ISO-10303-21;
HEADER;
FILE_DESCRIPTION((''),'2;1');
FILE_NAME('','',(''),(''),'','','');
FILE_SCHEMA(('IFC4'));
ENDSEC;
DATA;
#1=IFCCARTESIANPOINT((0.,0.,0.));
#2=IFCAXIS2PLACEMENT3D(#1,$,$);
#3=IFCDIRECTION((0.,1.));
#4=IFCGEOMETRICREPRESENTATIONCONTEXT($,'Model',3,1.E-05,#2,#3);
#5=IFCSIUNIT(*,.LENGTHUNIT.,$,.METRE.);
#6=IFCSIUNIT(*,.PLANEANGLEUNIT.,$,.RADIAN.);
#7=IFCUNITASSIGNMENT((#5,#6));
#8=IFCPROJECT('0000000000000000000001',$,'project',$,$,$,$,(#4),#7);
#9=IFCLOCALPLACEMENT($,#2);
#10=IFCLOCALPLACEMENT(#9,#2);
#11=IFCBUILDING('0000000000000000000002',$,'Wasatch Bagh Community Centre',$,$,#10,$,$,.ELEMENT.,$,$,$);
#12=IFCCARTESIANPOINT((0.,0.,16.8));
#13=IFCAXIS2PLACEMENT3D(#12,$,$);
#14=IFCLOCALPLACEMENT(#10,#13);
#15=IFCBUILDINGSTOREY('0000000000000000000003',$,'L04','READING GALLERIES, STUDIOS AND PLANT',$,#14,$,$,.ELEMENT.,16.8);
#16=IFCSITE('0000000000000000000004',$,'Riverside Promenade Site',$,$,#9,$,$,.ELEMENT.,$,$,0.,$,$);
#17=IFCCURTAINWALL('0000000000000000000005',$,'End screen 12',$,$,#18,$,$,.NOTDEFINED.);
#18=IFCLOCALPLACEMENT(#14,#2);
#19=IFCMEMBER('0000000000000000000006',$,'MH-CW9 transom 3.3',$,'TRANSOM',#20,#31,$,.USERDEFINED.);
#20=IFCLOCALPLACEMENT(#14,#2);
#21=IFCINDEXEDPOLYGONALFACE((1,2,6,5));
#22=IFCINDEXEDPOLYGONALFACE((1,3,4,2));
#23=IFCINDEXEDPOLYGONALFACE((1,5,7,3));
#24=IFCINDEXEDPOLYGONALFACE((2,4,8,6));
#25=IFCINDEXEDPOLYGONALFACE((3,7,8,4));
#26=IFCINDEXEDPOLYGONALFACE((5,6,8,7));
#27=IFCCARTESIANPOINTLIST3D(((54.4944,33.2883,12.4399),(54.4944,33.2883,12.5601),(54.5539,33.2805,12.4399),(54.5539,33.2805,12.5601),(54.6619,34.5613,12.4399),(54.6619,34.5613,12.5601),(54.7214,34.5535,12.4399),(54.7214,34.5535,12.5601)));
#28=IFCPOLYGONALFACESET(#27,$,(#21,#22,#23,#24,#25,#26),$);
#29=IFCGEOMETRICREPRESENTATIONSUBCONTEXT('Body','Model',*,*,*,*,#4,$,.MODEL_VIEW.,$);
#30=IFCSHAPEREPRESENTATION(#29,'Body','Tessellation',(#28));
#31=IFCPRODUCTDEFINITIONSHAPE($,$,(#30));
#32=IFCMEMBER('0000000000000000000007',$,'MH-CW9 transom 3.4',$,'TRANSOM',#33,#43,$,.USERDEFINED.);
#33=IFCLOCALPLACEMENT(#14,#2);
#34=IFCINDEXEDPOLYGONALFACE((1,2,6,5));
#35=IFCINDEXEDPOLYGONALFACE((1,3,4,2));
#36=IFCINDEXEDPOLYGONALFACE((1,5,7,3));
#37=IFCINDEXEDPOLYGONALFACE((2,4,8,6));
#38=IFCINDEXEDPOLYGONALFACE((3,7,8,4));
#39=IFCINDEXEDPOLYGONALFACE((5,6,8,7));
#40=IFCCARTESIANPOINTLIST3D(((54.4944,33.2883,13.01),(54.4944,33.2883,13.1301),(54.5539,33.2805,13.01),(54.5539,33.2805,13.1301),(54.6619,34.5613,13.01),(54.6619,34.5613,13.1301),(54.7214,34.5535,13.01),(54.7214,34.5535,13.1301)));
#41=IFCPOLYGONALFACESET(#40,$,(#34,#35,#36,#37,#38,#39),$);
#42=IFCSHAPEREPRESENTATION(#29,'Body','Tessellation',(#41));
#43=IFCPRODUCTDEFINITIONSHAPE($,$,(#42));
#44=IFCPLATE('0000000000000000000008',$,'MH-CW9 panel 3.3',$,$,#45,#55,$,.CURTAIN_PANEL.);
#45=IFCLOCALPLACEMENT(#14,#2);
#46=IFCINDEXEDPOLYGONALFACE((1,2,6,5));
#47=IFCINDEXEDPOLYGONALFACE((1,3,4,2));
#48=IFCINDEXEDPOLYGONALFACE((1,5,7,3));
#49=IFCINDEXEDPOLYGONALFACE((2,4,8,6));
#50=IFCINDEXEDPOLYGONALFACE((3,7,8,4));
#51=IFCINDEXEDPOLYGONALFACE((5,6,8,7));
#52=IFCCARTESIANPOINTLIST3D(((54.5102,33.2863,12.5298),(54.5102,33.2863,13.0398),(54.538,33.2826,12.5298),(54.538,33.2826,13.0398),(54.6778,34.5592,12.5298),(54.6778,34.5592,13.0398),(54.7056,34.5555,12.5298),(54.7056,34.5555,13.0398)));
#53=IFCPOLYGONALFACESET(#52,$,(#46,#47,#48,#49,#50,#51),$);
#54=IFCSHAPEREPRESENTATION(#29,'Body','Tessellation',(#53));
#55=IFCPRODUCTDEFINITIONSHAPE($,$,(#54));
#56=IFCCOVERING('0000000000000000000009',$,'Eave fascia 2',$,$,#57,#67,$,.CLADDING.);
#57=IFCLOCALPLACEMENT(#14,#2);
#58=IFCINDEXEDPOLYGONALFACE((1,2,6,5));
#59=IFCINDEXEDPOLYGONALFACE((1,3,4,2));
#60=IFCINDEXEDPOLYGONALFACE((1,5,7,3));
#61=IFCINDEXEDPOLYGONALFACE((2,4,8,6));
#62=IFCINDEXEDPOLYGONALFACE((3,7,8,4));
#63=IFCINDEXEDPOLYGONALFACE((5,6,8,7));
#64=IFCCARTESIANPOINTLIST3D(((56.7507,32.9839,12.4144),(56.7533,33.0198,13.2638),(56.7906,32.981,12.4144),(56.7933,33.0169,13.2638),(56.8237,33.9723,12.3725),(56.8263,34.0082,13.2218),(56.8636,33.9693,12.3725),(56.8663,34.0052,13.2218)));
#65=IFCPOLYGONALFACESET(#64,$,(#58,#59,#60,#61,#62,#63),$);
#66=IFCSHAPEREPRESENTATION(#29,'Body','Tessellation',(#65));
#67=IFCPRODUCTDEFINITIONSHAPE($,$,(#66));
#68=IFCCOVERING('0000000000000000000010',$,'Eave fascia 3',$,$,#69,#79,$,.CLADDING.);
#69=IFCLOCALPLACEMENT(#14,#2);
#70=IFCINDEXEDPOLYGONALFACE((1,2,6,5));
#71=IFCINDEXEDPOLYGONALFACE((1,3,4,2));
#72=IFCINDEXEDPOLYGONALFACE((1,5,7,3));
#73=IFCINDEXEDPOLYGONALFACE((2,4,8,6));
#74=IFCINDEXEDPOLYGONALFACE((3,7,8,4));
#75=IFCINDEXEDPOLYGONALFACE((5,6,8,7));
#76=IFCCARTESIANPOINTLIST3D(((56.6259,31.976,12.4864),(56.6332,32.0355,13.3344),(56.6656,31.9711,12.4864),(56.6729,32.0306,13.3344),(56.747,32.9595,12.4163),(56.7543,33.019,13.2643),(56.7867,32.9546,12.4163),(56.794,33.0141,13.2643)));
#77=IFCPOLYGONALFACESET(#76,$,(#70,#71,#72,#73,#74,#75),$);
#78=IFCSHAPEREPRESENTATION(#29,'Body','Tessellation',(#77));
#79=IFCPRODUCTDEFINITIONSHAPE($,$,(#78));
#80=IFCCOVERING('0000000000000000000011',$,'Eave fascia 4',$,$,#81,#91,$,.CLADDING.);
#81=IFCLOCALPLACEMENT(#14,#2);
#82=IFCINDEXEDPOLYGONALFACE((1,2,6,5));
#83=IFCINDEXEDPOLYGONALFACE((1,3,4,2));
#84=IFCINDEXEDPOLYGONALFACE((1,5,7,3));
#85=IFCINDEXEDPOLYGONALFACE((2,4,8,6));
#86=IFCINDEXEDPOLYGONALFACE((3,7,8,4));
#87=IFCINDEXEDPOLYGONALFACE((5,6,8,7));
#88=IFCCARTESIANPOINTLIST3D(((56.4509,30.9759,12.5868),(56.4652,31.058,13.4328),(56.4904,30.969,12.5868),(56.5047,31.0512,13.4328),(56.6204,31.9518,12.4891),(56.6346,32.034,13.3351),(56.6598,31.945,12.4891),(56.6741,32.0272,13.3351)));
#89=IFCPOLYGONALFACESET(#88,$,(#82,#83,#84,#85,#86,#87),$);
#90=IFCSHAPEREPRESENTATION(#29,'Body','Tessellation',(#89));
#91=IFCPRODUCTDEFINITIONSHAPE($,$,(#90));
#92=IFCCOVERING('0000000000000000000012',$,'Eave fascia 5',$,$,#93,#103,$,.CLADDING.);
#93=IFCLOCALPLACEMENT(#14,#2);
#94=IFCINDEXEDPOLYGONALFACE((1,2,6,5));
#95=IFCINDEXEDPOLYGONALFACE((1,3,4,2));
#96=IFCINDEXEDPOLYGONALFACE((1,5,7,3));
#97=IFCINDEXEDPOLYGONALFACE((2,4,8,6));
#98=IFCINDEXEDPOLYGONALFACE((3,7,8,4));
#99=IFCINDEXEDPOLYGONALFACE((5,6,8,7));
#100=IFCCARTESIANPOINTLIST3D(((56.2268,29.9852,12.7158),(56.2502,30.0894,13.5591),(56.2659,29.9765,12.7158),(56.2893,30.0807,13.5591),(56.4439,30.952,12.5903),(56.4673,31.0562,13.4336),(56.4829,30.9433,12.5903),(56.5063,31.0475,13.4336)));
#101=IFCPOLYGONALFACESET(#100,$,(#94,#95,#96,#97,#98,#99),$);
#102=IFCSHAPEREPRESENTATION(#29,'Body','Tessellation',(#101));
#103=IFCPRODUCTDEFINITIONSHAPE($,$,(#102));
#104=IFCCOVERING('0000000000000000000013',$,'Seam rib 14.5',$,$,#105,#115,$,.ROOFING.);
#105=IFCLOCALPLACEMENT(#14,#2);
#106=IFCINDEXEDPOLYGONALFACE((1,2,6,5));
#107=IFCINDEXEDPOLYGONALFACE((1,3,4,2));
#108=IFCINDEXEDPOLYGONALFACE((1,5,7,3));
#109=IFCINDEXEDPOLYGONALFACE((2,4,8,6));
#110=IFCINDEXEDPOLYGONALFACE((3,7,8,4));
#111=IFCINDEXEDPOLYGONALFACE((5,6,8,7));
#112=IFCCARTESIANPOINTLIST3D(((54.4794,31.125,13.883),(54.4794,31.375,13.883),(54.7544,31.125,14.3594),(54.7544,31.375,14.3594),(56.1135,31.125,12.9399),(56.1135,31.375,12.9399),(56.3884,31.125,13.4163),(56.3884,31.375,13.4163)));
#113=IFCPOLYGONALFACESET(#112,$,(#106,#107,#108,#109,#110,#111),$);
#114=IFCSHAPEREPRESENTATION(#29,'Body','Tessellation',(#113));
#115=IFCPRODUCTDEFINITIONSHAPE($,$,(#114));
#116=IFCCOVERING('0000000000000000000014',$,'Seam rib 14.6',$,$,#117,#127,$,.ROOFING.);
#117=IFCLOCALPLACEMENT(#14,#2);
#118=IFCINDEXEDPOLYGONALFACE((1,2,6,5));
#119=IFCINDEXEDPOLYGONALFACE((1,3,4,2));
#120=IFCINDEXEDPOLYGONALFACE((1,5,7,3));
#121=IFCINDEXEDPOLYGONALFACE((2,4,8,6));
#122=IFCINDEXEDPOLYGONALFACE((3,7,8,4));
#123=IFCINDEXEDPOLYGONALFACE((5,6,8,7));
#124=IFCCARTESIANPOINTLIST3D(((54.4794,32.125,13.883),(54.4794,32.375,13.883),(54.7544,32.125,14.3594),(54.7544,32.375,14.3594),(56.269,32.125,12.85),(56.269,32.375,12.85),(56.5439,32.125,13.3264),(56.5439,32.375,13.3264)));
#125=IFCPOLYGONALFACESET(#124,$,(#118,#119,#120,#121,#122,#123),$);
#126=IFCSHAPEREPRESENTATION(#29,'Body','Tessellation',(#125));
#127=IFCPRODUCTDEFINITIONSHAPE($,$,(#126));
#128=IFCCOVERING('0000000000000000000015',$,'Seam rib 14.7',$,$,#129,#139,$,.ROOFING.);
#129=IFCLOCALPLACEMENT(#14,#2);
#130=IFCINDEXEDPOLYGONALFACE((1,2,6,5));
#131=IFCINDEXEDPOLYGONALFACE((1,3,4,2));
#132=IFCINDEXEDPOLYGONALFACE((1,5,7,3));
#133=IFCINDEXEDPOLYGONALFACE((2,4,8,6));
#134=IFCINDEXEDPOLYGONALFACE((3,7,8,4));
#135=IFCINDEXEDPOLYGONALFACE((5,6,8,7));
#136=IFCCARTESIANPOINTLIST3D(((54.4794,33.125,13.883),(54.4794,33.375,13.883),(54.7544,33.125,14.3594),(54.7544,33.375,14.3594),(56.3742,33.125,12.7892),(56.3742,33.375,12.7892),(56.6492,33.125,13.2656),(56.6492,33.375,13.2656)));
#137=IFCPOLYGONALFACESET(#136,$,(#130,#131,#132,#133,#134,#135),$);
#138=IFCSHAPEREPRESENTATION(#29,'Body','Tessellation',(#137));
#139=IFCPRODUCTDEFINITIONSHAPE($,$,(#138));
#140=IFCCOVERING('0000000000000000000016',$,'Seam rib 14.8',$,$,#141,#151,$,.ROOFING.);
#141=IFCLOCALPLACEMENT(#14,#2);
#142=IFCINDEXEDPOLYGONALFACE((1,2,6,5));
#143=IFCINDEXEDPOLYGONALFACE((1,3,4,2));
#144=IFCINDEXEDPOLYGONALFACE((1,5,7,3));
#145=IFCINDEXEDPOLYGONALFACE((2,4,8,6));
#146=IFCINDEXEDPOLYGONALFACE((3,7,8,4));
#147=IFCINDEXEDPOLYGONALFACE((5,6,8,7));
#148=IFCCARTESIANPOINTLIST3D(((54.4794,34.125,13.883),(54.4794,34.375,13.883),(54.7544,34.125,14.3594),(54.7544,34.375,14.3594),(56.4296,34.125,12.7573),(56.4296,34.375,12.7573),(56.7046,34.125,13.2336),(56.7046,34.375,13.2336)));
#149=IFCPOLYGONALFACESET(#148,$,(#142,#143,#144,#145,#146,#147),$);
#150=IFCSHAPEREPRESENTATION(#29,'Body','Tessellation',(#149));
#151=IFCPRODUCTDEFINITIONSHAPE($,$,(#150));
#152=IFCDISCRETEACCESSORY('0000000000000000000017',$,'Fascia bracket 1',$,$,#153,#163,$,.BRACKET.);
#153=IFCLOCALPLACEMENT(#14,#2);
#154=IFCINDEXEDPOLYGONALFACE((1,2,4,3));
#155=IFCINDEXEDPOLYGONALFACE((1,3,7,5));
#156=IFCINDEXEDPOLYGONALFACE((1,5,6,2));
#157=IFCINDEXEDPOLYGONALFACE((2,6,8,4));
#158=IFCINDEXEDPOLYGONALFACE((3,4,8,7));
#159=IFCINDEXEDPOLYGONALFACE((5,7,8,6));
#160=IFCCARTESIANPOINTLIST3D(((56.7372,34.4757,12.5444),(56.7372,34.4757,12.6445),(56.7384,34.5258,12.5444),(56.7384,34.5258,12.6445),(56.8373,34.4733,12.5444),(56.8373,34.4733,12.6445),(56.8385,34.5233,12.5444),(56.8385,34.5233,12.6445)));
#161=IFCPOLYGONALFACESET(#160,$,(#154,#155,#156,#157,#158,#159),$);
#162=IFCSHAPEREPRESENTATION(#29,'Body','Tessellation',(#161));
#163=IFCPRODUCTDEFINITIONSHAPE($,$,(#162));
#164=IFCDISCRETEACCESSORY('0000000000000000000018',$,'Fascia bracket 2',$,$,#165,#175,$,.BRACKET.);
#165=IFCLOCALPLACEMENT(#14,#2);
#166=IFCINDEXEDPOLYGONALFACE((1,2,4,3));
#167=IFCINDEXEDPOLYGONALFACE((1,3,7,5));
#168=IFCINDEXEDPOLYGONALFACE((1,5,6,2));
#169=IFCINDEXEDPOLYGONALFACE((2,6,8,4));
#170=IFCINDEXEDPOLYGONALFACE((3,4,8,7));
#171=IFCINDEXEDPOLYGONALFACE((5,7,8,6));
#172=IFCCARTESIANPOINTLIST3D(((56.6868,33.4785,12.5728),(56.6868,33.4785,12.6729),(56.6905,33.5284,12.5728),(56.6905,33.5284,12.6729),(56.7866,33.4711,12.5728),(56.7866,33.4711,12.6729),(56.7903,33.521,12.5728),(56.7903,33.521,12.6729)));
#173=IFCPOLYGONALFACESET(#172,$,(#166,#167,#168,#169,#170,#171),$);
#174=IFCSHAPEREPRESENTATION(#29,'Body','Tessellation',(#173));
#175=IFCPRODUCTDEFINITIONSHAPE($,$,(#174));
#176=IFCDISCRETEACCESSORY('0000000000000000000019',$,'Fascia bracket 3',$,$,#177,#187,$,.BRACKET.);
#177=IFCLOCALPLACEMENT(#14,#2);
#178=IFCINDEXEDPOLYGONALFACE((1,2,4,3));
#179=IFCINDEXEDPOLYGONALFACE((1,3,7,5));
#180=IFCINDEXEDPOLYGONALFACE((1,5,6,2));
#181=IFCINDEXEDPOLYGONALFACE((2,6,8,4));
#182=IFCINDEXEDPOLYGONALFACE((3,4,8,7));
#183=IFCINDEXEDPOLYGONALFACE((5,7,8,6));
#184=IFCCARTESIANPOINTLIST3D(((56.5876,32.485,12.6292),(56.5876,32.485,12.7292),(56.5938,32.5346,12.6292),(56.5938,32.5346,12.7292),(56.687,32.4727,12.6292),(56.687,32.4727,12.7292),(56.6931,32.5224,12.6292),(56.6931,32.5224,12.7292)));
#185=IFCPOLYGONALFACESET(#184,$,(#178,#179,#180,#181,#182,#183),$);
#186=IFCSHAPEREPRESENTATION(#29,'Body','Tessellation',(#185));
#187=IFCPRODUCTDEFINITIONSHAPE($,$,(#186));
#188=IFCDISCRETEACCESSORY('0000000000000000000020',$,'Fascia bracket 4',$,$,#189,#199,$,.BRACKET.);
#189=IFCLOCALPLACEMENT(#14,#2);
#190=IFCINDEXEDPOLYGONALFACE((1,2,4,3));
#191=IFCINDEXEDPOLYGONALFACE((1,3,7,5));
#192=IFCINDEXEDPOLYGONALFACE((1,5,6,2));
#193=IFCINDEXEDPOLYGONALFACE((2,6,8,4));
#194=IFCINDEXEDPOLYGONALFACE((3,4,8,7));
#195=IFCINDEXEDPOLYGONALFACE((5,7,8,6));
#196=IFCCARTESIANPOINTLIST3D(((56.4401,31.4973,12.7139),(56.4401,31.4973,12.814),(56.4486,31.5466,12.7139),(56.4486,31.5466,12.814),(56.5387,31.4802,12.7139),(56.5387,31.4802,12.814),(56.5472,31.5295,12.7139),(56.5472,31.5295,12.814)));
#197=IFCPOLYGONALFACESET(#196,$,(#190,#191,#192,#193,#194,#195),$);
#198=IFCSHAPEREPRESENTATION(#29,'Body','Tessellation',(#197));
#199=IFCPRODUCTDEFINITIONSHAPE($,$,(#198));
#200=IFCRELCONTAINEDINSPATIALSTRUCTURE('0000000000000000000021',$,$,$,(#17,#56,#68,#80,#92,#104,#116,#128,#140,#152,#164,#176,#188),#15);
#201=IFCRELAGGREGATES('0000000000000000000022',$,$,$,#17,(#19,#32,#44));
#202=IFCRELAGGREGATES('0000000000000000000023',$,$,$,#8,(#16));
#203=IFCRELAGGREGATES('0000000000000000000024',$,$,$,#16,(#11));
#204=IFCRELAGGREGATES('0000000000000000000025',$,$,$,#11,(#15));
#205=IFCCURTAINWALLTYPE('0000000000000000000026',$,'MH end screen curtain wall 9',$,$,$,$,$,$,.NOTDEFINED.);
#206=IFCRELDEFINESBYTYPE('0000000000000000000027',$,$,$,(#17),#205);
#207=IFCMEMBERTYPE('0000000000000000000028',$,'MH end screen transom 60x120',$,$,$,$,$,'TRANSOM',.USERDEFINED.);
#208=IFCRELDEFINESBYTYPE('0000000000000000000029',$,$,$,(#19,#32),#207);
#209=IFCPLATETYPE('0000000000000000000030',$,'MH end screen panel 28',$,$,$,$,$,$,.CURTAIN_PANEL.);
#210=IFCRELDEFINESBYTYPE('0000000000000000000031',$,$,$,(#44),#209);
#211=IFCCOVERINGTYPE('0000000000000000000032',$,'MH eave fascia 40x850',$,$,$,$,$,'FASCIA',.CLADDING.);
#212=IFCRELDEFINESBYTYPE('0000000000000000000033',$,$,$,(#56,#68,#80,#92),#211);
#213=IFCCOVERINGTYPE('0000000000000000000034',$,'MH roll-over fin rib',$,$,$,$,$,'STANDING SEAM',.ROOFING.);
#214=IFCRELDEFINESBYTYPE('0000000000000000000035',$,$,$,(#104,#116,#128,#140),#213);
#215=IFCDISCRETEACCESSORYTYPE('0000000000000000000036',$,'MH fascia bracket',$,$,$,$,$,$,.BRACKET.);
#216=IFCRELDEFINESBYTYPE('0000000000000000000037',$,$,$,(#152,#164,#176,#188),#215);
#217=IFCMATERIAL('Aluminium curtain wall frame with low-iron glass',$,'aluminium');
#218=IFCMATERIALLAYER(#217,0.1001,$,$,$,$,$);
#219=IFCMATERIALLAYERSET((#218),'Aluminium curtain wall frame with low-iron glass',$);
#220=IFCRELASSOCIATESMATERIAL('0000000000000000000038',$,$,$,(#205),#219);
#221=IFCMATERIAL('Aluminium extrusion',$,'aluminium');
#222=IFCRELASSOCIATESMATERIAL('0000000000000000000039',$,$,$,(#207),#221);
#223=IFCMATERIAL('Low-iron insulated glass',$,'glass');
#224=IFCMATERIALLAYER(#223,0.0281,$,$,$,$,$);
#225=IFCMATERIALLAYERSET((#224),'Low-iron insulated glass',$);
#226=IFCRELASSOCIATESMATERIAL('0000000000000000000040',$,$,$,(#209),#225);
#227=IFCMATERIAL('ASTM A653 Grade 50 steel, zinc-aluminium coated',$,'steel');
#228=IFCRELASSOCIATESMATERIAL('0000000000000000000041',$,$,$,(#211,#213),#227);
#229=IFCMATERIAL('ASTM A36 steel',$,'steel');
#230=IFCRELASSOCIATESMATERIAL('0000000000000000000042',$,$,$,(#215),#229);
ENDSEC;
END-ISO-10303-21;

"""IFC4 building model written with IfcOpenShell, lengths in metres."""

from ifc_helpers import new_model, si_unit, direction, frame, origin, origin_2d, place, context, subcontext, project, spatial, polyline, rectangle, outline, extrude, material, layer, layer_set, material_profile, profile_set, type_object, element, aggregate, save


model = new_model("IFC4")

# Units and contexts
model_context = context("Model", 3, precision=1e-05, world=origin(), true_north=direction((0.0, 1.0)))
body_context = subcontext(model_context, "Body", "Model", "MODEL_VIEW")
ifc_project = project(units=[si_unit("LENGTHUNIT", "METRE"), si_unit("PLANEANGLEUNIT", "RADIAN")], contexts=[model_context])

# Site, building, storey
site_placement = place(None, origin())
site = spatial("IfcSite", under=ifc_project, at=site_placement, Name="Riverside Promenade Site", CompositionType="ELEMENT", RefElevation=0.0)
building_placement = place(site_placement, origin())
building = spatial("IfcBuilding", under=site, at=building_placement, Name="Wasatch Bagh Community Centre", CompositionType="ELEMENT")
storey_placement = place(building_placement, frame((0.0, 0.0, 16.8)))
storey = spatial("IfcBuildingStorey", under=building, at=storey_placement, Name="L04", Description="READING GALLERIES, STUDIOS AND PLANT", CompositionType="ELEMENT", Elevation=16.8)

# Curtain wall, members, plate
ifc_material_1 = material(Name="Aluminium curtain wall frame with low-iron glass", Category="aluminium")
ifc_layer_1 = layer(ifc_material_1, 0.1001)
ifc_layer_set_1 = layer_set([ifc_layer_1], Name="Aluminium curtain wall frame with low-iron glass")
curtain_wall_type = type_object("IfcCurtainWallType", Name="MH end screen curtain wall 9", PredefinedType="NOTDEFINED", material=ifc_layer_set_1)
curtain_wall_placement = place(storey_placement, origin())
curtain_wall = element("IfcCurtainWall", 1, at=curtain_wall_placement, inside=storey, type_object=curtain_wall_type, Name="End screen 12", PredefinedType="NOTDEFINED")
ifc_material_2 = material(Name="Aluminium extrusion", Category="aluminium")
ifc_material_profile_1 = material_profile(ifc_material_2, rectangle(XDim=0.0601, YDim=0.1201, at=origin_2d()), Name="AL 60x120")
ifc_profile_set_1 = profile_set([ifc_material_profile_1], Name="Aluminium extrusion")
member_type = type_object("IfcMemberType", Name="MH end screen transom 60x120", ElementType="TRANSOM", PredefinedType="USERDEFINED", material=ifc_profile_set_1)
member_1_placement = place(storey_placement, frame((54.5242, 33.2844, 12.5), z_axis=(0.130445, 0.991456, 0.0), x_axis=(-0.991456, 0.130445, 0.0)))
member_1 = element("IfcMember", 2, at=member_1_placement, type_object=member_type, Name="MH-CW9 transom 3.3", ObjectType="TRANSOM", PredefinedType="USERDEFINED", context=body_context, shape_type="SweptSolid", body=[
    extrude(rectangle(XDim=0.0601, YDim=0.1201, at=origin_2d()), origin(), (0.0, 0.0, 1.0), 1.2839),
])
member_2_placement = place(storey_placement, frame((54.5242, 33.2844, 13.0701), z_axis=(0.130445, 0.991456, 0.0), x_axis=(-0.991456, 0.130445, 0.0)))
member_2 = element("IfcMember", 3, at=member_2_placement, type_object=member_type, Name="MH-CW9 transom 3.4", ObjectType="TRANSOM", PredefinedType="USERDEFINED", context=body_context, shape_type="SweptSolid", body=[
    extrude(rectangle(XDim=0.0601, YDim=0.1201, at=origin_2d()), origin(), (0.0, 0.0, 1.0), 1.2839),
])
ifc_material_3 = material(Name="Low-iron insulated glass", Category="glass")
ifc_layer_2 = layer(ifc_material_3, 0.0281)
ifc_layer_set_2 = layer_set([ifc_layer_2], Name="Low-iron insulated glass")
plate_type = type_object("IfcPlateType", Name="MH end screen panel 28", PredefinedType="CURTAIN_PANEL", material=ifc_layer_set_2)
plate_placement = place(storey_placement, frame((54.6079, 33.9209, 12.5298), z_axis=(0.0, 0.0, 1.0), x_axis=(0.130526, 0.991445, 0.0)))
plate = element("IfcPlate", 4, at=plate_placement, type_object=plate_type, Name="MH-CW9 panel 3.3", PredefinedType="CURTAIN_PANEL", context=body_context, shape_type="SweptSolid", body=[
    extrude(rectangle(XDim=1.2839, YDim=0.0281, at=origin_2d()), origin(), (0.0, 0.0, 1.0), 0.51),
])
aggregate(curtain_wall, [member_1, member_2, plate])

# Coverings
ifc_material_4 = material(Name="ASTM A653 Grade 50 steel, zinc-aluminium coated", Category="steel")
ifc_material_profile_2 = material_profile(ifc_material_4, rectangle(XDim=0.04, YDim=0.8501, at=origin_2d()), Name="FASCIA 40x850")
ifc_profile_set_2 = profile_set([ifc_material_profile_2], Name="ASTM A653 Grade 50 steel, zinc-aluminium coated")
covering_type_1 = type_object("IfcCoveringType", Name="MH eave fascia 40x850", ElementType="FASCIA", PredefinedType="CLADDING", material=ifc_profile_set_2)
covering_1_placement = place(storey_placement, frame((56.845, 33.9888, 12.7971), z_axis=(-0.073597, -0.996389, 0.042337), x_axis=(0.997283, -0.073663, 0.0)))
element("IfcCovering", 5, at=covering_1_placement, inside=storey, type_object=covering_type_1, Name="Eave fascia 2", PredefinedType="CLADDING", context=body_context, shape_type="SweptSolid", body=[
    extrude(rectangle(XDim=0.04, YDim=0.8501, at=origin_2d()), origin(), (0.0, 0.0, 1.0), 0.9919),
])
covering_2_placement = place(storey_placement, frame((56.7705, 32.9868, 12.8403), z_axis=(-0.12191, -0.990031, 0.070541), x_axis=(0.992504, -0.122215, 0.0)))
element("IfcCovering", 6, at=covering_2_placement, inside=storey, type_object=covering_type_1, Name="Eave fascia 3", PredefinedType="CLADDING", context=body_context, shape_type="SweptSolid", body=[
    extrude(rectangle(XDim=0.04, YDim=0.8501, at=origin_2d()), origin(), (0.0, 0.0, 1.0), 0.9934),
])
covering_3_placement = place(storey_placement, frame((56.6472, 31.9895, 12.9121), z_axis=(-0.170204, -0.980514, 0.0981), x_axis=(0.985266, -0.171029, 0.0)))
element("IfcCovering", 7, at=covering_3_placement, inside=storey, type_object=covering_type_1, Name="Eave fascia 4", PredefinedType="CLADDING", context=body_context, shape_type="SweptSolid", body=[
    extrude(rectangle(XDim=0.04, YDim=0.8501, at=origin_2d()), origin(), (0.0, 0.0, 1.0), 0.9954),
])
covering_4_placement = place(storey_placement, frame((56.4751, 30.9998, 13.012), z_axis=(-0.217307, -0.967983, 0.125642), x_axis=(0.975715, -0.219043, 0.0)))
element("IfcCovering", 8, at=covering_4_placement, inside=storey, type_object=covering_type_1, Name="Eave fascia 5", PredefinedType="CLADDING", context=body_context, shape_type="SweptSolid", body=[
    extrude(rectangle(XDim=0.04, YDim=0.8501, at=origin_2d()), origin(), (0.0, 0.0, 1.0), 0.9988),
])
covering_type_2 = type_object("IfcCoveringType", Name="MH roll-over fin rib", ElementType="STANDING SEAM", PredefinedType="ROOFING", material=ifc_material_4)
covering_5_placement = place(storey_placement, frame((54.7544, 31.125, 14.3594), z_axis=(0.499883, 0.0, 0.866093), x_axis=(0.866093, 0.0, -0.499883)))
element("IfcCovering", 9, at=covering_5_placement, inside=storey, type_object=covering_type_2, Name="Seam rib 14.5", PredefinedType="ROOFING", context=body_context, shape_type="SweptSolid", body=[
    extrude(outline(polyline([(0.0, 0.0), (1.8867, 0.0), (1.8867, 0.25), (0.0, 0.25), (0.0, 0.0)])), origin(), (0.0, 0.0, -1.0), 0.55),
])
covering_6_placement = place(storey_placement, frame((54.7544, 32.125, 14.3594), z_axis=(0.499913, 0.0, 0.866075), x_axis=(0.866075, 0.0, -0.499913)))
element("IfcCovering", 10, at=covering_6_placement, inside=storey, type_object=covering_type_2, Name="Seam rib 14.6", PredefinedType="ROOFING", context=body_context, shape_type="SweptSolid", body=[
    extrude(outline(polyline([(0.0, 0.0), (2.0663, 0.0), (2.0663, 0.25), (0.0, 0.25), (0.0, 0.0)])), origin(), (0.0, 0.0, -1.0), 0.55),
])
covering_7_placement = place(storey_placement, frame((54.7544, 33.125, 14.3594), z_axis=(0.499932, 0.0, 0.866065), x_axis=(0.866065, 0.0, -0.499932)))
element("IfcCovering", 11, at=covering_7_placement, inside=storey, type_object=covering_type_2, Name="Seam rib 14.7", PredefinedType="ROOFING", context=body_context, shape_type="SweptSolid", body=[
    extrude(outline(polyline([(0.0, 0.0), (2.1878, 0.0), (2.1878, 0.25), (0.0, 0.25), (0.0, 0.0)])), origin(), (0.0, 0.0, -1.0), 0.55),
])
covering_8_placement = place(storey_placement, frame((54.7544, 34.125, 14.3594), z_axis=(0.499929, 0.0, 0.866066), x_axis=(0.866066, 0.0, -0.499929)))
element("IfcCovering", 12, at=covering_8_placement, inside=storey, type_object=covering_type_2, Name="Seam rib 14.8", PredefinedType="ROOFING", context=body_context, shape_type="SweptSolid", body=[
    extrude(outline(polyline([(0.0, 0.0), (2.2518, 0.0), (2.2518, 0.25), (0.0, 0.25), (0.0, 0.0)])), origin(), (0.0, 0.0, -1.0), 0.55),
])

# Discrete accessories
ifc_material_5 = material(Name="ASTM A36 steel", Category="steel")
discrete_accessory_type_1 = type_object("IfcDiscreteAccessoryType", Name="MH fascia bracket", PredefinedType="BRACKET", material=ifc_material_5)
for number, where, z_axis, x_axis, name in (
    (13, (56.7878, 34.4995, 12.5444), (0.0, 0.0, 1.0), (0.999699, -0.024541, 0.0), "Fascia bracket 1"),
    (14, (56.7385, 33.4998, 12.5728), (0.0, 0.0, 1.0), (0.99729, -0.073565, 0.0), "Fascia bracket 2"),
    (15, (56.6404, 32.5037, 12.6292), (0.0, 0.0, 1.0), (0.99248, -0.122411, 0.0), "Fascia bracket 3"),
    (16, (56.4937, 31.5134, 12.7139), (0.0, 0.0, 1.0), (0.985278, -0.170962, 0.0), "Fascia bracket 4"),
):
    element("IfcDiscreteAccessory", number, at=place(storey_placement, frame(where, z_axis=z_axis, x_axis=x_axis)), inside=storey, type_object=discrete_accessory_type_1, Name=name, PredefinedType="BRACKET", context=body_context, shape_type="SweptSolid", body=[
        extrude(rectangle(XDim=0.1001, YDim=0.05, at=origin_2d()), origin(), (0.0, 0.0, 1.0), 0.1001),
    ])

save(model, "model.ifc")
